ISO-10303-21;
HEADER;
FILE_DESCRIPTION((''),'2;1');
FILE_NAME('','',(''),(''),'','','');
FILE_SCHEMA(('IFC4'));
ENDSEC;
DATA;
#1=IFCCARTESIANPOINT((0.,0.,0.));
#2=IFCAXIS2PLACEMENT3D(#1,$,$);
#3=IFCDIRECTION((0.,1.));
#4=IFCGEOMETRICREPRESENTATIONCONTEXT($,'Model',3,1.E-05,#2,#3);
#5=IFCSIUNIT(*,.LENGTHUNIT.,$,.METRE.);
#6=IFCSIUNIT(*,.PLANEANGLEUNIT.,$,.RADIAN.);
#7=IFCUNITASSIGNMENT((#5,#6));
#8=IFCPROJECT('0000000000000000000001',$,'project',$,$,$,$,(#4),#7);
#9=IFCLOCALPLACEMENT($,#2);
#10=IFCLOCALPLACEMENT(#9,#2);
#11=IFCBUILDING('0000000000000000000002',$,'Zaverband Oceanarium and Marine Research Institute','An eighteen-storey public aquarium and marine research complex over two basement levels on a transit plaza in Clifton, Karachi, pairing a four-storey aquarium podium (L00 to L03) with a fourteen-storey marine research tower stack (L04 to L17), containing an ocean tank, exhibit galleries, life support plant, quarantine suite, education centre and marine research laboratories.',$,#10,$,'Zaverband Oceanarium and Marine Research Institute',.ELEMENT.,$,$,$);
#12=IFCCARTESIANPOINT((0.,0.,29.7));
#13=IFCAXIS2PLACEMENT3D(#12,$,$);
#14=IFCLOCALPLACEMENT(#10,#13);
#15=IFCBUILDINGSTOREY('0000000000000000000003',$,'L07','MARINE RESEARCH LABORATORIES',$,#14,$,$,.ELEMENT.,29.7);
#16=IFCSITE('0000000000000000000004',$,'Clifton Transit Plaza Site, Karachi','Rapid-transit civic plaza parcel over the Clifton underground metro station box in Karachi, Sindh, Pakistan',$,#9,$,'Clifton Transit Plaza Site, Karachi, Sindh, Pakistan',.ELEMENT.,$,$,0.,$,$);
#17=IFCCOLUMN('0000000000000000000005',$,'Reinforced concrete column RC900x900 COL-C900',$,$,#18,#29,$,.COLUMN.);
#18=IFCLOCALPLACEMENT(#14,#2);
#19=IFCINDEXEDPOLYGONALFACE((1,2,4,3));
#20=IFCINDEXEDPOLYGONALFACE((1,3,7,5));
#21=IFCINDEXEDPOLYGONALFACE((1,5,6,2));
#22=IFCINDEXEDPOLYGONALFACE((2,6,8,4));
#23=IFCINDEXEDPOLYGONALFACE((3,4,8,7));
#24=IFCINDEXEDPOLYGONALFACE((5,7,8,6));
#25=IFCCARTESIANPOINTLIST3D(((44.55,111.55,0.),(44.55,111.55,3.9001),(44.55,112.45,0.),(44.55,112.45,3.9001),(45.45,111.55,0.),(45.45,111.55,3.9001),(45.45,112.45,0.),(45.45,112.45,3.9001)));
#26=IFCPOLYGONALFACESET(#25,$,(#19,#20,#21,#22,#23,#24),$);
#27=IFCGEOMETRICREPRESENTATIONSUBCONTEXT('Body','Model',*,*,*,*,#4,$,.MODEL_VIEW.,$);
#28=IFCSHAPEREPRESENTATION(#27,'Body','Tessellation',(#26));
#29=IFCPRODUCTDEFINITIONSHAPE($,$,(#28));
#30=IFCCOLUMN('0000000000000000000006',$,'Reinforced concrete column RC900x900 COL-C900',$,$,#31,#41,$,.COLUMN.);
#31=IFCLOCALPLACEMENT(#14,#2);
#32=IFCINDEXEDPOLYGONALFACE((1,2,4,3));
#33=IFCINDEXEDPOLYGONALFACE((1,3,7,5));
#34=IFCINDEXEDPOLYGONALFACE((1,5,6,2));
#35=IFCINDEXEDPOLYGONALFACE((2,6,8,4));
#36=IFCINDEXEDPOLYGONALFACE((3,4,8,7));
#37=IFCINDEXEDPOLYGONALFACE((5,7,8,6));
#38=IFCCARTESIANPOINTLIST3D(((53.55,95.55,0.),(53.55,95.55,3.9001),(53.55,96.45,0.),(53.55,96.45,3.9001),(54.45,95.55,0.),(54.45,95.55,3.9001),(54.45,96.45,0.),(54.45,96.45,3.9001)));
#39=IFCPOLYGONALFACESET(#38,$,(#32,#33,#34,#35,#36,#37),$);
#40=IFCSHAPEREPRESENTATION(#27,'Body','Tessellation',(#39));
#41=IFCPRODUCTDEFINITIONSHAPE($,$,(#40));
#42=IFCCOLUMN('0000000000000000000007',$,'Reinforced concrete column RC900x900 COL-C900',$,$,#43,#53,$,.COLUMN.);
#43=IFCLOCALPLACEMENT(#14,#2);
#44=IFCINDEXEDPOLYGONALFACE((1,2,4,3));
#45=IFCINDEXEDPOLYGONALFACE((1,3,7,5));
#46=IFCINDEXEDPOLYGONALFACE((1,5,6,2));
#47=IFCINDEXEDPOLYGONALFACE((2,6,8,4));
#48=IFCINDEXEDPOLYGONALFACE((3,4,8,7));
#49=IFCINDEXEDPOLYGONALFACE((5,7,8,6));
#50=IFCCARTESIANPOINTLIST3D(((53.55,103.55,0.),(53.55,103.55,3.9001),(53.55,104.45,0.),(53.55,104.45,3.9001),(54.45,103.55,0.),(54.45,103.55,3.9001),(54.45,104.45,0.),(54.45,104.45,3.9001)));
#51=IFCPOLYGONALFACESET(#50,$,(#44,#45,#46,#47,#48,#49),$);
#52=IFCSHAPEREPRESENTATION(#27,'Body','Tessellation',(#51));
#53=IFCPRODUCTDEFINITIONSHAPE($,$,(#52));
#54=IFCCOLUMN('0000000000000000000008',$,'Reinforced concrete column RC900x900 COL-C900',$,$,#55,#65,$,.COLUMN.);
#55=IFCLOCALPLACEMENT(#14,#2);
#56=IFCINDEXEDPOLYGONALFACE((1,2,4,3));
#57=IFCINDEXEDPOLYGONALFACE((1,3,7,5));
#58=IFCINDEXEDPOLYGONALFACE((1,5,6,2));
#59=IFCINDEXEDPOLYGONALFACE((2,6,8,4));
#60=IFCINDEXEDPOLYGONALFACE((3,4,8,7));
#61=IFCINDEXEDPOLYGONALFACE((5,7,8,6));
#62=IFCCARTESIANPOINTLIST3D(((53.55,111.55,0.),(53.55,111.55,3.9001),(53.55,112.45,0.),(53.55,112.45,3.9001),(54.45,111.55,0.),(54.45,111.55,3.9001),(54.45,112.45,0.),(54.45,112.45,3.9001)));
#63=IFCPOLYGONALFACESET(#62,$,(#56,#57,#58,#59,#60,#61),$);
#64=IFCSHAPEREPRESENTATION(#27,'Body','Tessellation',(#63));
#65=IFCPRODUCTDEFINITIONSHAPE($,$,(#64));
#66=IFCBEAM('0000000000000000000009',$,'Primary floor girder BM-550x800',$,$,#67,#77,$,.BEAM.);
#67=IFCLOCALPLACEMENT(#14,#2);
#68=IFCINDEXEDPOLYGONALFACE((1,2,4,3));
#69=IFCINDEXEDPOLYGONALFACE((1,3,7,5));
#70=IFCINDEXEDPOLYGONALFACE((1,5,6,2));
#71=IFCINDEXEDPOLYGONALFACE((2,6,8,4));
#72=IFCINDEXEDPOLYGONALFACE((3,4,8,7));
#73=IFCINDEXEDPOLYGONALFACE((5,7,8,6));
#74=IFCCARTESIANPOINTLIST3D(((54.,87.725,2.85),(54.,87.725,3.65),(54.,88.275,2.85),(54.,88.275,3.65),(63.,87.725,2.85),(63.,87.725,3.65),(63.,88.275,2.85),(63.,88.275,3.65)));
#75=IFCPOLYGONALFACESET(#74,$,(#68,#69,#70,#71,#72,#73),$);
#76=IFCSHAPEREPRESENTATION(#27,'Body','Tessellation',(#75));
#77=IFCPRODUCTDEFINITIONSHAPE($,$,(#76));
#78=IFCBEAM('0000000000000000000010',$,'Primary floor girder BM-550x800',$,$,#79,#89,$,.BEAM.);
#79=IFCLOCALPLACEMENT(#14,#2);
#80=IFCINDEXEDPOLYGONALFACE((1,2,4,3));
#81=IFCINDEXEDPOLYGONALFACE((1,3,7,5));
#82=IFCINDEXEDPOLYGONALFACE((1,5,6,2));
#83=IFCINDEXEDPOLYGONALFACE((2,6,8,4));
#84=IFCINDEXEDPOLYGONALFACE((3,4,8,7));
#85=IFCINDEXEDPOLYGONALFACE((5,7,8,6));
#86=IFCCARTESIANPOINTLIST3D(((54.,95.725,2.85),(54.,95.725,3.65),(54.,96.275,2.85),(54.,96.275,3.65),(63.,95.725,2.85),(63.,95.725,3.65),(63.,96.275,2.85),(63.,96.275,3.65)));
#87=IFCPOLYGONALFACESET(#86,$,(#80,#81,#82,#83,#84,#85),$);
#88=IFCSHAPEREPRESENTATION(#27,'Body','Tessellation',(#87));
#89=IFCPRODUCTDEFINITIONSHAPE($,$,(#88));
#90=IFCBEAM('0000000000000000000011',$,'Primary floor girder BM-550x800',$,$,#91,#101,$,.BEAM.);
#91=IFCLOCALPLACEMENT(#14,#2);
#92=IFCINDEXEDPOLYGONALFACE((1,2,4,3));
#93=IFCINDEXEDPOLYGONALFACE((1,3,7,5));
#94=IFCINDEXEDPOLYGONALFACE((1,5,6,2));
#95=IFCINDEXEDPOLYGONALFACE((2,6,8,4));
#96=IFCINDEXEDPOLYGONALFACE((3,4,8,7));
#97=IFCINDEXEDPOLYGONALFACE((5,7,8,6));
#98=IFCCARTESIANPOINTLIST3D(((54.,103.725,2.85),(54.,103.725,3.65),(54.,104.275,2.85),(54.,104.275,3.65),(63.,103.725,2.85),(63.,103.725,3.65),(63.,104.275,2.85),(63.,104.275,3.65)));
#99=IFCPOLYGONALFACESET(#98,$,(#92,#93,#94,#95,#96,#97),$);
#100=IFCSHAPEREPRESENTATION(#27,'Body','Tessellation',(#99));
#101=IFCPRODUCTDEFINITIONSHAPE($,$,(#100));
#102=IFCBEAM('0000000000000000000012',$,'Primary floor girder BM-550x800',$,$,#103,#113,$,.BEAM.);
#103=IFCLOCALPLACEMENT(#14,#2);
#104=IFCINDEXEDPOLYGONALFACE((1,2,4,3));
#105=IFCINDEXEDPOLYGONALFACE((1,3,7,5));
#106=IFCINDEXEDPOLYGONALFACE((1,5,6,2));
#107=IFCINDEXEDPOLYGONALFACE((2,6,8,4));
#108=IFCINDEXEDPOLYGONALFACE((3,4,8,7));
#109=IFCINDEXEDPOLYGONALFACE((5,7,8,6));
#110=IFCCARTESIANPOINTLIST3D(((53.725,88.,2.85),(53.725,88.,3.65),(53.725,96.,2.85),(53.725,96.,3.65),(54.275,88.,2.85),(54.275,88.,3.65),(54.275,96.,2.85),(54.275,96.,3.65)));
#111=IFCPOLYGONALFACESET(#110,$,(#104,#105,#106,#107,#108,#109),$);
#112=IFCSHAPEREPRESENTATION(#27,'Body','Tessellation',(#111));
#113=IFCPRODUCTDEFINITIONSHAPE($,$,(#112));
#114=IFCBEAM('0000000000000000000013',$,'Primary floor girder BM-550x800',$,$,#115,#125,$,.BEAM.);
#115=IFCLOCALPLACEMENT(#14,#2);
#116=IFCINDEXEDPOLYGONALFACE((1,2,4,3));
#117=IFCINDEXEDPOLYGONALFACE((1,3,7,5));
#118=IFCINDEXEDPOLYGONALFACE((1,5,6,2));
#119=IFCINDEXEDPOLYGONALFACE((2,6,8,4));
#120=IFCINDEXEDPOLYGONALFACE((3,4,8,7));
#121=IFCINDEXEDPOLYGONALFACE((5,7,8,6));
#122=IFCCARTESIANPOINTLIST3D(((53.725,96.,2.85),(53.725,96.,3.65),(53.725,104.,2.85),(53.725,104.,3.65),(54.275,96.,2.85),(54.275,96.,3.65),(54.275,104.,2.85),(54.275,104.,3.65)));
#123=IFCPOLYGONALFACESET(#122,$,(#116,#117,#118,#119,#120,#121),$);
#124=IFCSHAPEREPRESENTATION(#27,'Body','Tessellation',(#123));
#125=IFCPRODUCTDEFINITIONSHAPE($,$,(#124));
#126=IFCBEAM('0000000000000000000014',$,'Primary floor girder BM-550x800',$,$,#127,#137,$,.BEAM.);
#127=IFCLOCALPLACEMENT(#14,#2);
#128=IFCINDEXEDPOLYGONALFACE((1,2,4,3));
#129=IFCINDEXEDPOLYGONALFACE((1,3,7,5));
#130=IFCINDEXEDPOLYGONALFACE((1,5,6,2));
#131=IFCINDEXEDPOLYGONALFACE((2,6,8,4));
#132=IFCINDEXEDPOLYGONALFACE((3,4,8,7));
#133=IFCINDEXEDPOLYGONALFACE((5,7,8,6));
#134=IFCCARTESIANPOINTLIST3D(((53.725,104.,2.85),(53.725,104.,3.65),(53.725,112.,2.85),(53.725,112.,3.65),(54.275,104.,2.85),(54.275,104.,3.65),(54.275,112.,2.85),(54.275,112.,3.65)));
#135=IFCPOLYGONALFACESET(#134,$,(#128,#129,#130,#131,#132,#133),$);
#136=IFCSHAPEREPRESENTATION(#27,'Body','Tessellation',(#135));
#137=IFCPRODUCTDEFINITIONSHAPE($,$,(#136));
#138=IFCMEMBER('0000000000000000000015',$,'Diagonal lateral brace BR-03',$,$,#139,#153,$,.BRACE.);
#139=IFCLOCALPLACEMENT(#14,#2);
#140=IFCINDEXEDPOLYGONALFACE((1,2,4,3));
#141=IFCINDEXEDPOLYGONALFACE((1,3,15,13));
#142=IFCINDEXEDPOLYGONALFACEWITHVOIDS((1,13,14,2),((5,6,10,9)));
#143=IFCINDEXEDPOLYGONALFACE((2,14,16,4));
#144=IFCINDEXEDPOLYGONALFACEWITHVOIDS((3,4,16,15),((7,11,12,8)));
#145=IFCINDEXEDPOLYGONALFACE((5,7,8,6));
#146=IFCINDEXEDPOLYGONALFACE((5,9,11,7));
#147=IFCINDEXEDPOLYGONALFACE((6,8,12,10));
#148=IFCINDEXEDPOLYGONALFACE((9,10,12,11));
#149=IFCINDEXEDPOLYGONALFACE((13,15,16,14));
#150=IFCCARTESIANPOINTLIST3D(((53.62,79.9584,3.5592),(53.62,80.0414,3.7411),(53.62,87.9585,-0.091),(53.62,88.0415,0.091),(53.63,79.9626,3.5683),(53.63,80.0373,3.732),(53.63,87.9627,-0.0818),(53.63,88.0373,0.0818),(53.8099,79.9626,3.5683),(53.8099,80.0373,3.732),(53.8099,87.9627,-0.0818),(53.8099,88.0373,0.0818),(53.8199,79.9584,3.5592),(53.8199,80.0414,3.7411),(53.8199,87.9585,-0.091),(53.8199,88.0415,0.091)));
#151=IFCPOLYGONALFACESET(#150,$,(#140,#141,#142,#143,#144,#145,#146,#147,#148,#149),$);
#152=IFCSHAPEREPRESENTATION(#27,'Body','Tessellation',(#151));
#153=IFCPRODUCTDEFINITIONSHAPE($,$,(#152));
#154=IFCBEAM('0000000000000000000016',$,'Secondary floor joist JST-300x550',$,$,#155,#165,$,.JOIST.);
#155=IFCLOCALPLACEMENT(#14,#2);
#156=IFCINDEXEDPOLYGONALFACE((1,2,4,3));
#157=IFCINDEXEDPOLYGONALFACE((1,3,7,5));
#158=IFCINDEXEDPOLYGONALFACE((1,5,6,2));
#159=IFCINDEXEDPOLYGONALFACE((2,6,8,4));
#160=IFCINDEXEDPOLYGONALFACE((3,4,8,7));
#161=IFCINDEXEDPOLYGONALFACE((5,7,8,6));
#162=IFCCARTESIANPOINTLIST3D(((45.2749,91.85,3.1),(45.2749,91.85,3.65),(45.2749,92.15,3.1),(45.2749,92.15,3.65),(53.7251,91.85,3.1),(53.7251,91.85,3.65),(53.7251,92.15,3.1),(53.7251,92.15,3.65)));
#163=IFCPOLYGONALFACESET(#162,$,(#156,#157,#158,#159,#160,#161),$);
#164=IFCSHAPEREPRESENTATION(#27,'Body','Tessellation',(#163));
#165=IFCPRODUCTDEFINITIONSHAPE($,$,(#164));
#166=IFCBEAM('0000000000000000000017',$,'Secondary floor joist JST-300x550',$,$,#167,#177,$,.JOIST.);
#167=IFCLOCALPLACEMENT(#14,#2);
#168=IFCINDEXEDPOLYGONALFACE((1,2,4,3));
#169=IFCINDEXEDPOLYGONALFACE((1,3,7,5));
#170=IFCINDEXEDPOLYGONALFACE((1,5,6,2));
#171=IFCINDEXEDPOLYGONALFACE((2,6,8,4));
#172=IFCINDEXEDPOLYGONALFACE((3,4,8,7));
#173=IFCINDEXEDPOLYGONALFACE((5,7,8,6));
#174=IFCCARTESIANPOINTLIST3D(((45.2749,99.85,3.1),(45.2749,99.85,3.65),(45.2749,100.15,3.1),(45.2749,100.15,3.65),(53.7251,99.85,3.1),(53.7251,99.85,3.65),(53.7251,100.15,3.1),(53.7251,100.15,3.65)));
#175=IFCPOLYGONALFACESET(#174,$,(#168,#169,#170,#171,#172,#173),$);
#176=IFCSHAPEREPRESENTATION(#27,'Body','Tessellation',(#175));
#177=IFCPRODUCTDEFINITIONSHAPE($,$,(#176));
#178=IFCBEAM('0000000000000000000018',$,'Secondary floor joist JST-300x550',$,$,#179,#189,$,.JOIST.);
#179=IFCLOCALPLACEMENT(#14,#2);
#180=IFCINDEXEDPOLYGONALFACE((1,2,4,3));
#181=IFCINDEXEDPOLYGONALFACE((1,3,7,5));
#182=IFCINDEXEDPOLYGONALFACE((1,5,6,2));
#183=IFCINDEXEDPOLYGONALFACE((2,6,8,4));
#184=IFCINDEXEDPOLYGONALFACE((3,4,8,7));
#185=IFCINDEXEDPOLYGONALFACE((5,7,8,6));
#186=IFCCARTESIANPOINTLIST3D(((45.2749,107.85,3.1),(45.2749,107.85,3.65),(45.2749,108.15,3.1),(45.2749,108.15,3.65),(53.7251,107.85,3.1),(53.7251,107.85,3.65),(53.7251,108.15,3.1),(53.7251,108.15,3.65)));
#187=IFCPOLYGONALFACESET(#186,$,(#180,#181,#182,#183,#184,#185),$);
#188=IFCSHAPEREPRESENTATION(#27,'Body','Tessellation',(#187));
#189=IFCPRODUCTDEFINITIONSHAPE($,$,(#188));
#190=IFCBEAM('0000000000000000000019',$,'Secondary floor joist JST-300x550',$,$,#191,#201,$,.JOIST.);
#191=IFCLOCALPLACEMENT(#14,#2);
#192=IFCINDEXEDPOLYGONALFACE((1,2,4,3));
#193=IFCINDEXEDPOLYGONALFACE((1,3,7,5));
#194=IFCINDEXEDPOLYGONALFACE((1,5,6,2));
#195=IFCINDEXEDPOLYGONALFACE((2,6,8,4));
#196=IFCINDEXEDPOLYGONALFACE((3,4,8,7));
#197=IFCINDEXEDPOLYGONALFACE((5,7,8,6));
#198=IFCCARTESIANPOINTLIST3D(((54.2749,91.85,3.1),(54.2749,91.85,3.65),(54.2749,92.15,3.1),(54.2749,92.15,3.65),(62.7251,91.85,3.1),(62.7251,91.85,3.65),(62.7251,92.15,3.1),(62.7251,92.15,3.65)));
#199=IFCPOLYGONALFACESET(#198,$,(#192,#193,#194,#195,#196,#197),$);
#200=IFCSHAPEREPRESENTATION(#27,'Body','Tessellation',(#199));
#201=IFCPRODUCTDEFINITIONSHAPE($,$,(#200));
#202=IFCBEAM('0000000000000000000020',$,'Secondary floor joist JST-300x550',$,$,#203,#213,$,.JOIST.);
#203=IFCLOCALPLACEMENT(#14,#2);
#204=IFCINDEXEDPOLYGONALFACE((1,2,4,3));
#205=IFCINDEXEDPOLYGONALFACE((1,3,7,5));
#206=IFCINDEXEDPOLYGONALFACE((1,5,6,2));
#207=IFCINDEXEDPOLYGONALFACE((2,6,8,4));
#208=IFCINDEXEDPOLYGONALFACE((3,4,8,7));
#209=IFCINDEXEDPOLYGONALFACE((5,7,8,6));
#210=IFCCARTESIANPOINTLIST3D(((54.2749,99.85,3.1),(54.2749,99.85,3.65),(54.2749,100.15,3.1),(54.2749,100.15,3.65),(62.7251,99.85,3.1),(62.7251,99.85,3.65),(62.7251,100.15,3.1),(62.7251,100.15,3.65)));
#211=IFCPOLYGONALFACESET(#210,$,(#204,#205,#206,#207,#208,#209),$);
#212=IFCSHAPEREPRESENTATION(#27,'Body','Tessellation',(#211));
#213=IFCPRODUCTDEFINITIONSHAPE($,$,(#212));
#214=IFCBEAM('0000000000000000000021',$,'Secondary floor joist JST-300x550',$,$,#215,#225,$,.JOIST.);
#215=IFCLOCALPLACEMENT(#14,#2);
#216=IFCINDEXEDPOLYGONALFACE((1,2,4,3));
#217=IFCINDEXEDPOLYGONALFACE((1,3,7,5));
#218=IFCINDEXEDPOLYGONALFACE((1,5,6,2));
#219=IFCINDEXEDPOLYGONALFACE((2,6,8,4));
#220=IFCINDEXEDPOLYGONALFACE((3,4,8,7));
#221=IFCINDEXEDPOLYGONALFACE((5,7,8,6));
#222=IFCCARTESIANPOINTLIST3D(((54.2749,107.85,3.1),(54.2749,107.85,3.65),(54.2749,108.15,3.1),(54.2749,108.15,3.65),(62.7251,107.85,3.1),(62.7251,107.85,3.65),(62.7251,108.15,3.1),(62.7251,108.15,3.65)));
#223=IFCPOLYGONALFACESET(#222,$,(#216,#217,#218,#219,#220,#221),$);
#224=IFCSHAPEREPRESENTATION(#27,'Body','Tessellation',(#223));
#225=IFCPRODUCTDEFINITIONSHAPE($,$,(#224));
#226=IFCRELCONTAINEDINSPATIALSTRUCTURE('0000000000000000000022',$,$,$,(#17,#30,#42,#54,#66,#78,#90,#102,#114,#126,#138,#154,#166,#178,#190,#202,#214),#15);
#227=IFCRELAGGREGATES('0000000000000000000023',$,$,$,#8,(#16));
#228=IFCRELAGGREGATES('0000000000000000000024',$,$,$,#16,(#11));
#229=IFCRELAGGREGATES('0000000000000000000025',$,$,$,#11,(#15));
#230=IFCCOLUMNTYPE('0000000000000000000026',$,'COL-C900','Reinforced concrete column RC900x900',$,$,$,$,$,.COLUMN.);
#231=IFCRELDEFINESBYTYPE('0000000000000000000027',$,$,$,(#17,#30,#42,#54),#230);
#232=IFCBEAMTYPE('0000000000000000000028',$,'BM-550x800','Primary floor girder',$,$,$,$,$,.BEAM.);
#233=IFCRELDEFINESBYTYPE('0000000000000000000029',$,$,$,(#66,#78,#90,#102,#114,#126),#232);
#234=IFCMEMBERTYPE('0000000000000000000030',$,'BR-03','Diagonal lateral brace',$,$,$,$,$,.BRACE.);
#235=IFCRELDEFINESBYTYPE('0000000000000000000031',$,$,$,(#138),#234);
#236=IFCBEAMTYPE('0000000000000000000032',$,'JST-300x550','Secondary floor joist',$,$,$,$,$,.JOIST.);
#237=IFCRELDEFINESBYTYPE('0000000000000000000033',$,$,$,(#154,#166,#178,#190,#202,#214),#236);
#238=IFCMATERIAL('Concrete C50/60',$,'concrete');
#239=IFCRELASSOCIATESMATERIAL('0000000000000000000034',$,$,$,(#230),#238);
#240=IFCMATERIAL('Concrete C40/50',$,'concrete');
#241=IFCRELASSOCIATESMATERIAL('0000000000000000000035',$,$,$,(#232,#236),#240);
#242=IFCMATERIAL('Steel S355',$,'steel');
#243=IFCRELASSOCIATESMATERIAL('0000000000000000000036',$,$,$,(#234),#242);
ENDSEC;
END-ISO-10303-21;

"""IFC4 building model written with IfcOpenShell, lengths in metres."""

from ifc_helpers import new_model, si_unit, direction, frame, origin, origin_2d, place, context, subcontext, project, spatial, rectangle, hollow_rectangle, extrude, material, material_profile, profile_set, type_object, element, save


model = new_model("IFC4")

# Units and contexts
model_context = context("Model", 3, precision=1e-05, world=origin(), true_north=direction((0.0, 1.0)))
body_context = subcontext(model_context, "Body", "Model", "MODEL_VIEW")
ifc_project = project(units=[si_unit("LENGTHUNIT", "METRE"), si_unit("PLANEANGLEUNIT", "RADIAN")], contexts=[model_context])

# Site, building, storey
site_placement = place(None, origin())
site = spatial("IfcSite", under=ifc_project, at=site_placement, Name="Clifton Transit Plaza Site, Karachi", Description="Rapid-transit civic plaza parcel over the Clifton underground metro station box in Karachi, Sindh, Pakistan", LongName="Clifton Transit Plaza Site, Karachi, Sindh, Pakistan", CompositionType="ELEMENT", RefElevation=0.0)
building_placement = place(site_placement, origin())
building = spatial("IfcBuilding", under=site, at=building_placement, Name="Zaverband Oceanarium and Marine Research Institute", Description="An eighteen-storey public aquarium and marine research complex over two basement levels on a transit plaza in Clifton, Karachi, pairing a four-storey aquarium podium (L00 to L03) with a fourteen-storey marine research tower stack (L04 to L17), containing an ocean tank, exhibit galleries, life support plant, quarantine suite, education centre and marine research laboratories.", LongName="Zaverband Oceanarium and Marine Research Institute", CompositionType="ELEMENT")
storey_placement = place(building_placement, frame((0.0, 0.0, 29.7)))
storey = spatial("IfcBuildingStorey", under=building, at=storey_placement, Name="L07", Description="MARINE RESEARCH LABORATORIES", CompositionType="ELEMENT", Elevation=29.7)

# Columns
ifc_material_1 = material(Name="Concrete C50/60", Category="concrete")
ifc_material_profile_1 = material_profile(ifc_material_1, rectangle(XDim=0.8999, YDim=0.8999, at=origin_2d()), Name="RC900x900")
ifc_profile_set_1 = profile_set([ifc_material_profile_1], Name="Concrete C50/60")
column_type = type_object("IfcColumnType", Name="COL-C900", Description="Reinforced concrete column RC900x900", PredefinedType="COLUMN", material=ifc_profile_set_1)
for number, where, z_axis, x_axis, name in (
    (1, (45.0, 112.0, 0.0), (0.0, 0.0, 1.0), (1.0, 0.0, 0.0), "Reinforced concrete column RC900x900 COL-C900"),
    (2, (54.0, 96.0, 0.0), (0.0, 0.0, 1.0), (1.0, 0.0, 0.0), "Reinforced concrete column RC900x900 COL-C900"),
    (3, (54.0, 104.0, 0.0), (0.0, 0.0, 1.0), (1.0, 0.0, 0.0), "Reinforced concrete column RC900x900 COL-C900"),
    (4, (54.0, 112.0, 0.0), (0.0, 0.0, 1.0), (1.0, 0.0, 0.0), "Reinforced concrete column RC900x900 COL-C900"),
):
    element("IfcColumn", number, at=place(storey_placement, frame(where, z_axis=z_axis, x_axis=x_axis)), inside=storey, type_object=column_type, Name=name, PredefinedType="COLUMN", context=body_context, shape_type="SweptSolid", body=[
        extrude(rectangle(XDim=0.8999, YDim=0.8999, at=origin_2d()), origin(), (0.0, 0.0, 1.0), 3.9001),
    ])

# Beams
ifc_material_2 = material(Name="Concrete C40/50", Category="concrete")
ifc_material_profile_2 = material_profile(ifc_material_2, rectangle(XDim=0.55, YDim=0.8, at=origin_2d()), Name="RC550x800")
ifc_profile_set_2 = profile_set([ifc_material_profile_2], Name="Concrete C40/50")
beam_type_1 = type_object("IfcBeamType", Name="BM-550x800", Description="Primary floor girder", PredefinedType="BEAM", material=ifc_profile_set_2)
for number, where, z_axis, x_axis, name in (
    (5, (54.0, 88.0, 3.25), (1.0, 0.0, 0.0), (0.0, 1.0, 0.0), "Primary floor girder BM-550x800"),
    (6, (54.0, 96.0, 3.25), (1.0, 0.0, 0.0), (0.0, 1.0, 0.0), "Primary floor girder BM-550x800"),
    (7, (54.0, 104.0, 3.25), (1.0, 0.0, 0.0), (0.0, 1.0, 0.0), "Primary floor girder BM-550x800"),
):
    element("IfcBeam", number, at=place(storey_placement, frame(where, z_axis=z_axis, x_axis=x_axis)), inside=storey, type_object=beam_type_1, Name=name, PredefinedType="BEAM", context=body_context, shape_type="SweptSolid", body=[
        extrude(rectangle(XDim=0.55, YDim=0.8, at=origin_2d()), origin(), (0.0, 0.0, 1.0), 9.0),
    ])
for number, where, z_axis, x_axis, name in (
    (8, (54.0, 88.0, 3.25), (0.0, 1.0, 0.0), (-1.0, 0.0, 0.0), "Primary floor girder BM-550x800"),
    (9, (54.0, 96.0, 3.25), (0.0, 1.0, 0.0), (-1.0, 0.0, 0.0), "Primary floor girder BM-550x800"),
    (10, (54.0, 104.0, 3.25), (0.0, 1.0, 0.0), (-1.0, 0.0, 0.0), "Primary floor girder BM-550x800"),
):
    element("IfcBeam", number, at=place(storey_placement, frame(where, z_axis=z_axis, x_axis=x_axis)), inside=storey, type_object=beam_type_1, Name=name, PredefinedType="BEAM", context=body_context, shape_type="SweptSolid", body=[
        extrude(rectangle(XDim=0.55, YDim=0.8, at=origin_2d()), origin(), (0.0, 0.0, 1.0), 8.0),
    ])

# Member
ifc_material_3 = material(Name="Steel S355", Category="steel")
ifc_material_profile_3 = material_profile(ifc_material_3, hollow_rectangle(XDim=0.2, YDim=0.2, WallThickness=0.01, at=origin_2d()), Name="SHS200x200x10")
ifc_profile_set_3 = profile_set([ifc_material_profile_3], Name="Steel S355")
member_type = type_object("IfcMemberType", Name="BR-03", Description="Diagonal lateral brace", PredefinedType="BRACE", material=ifc_profile_set_3)
member_placement = place(storey_placement, frame((53.72, 88.0, 0.0), z_axis=(0.0, -0.909775, 0.415102), x_axis=(1.0, 0.0, 0.0)))
element("IfcMember", 11, at=member_placement, inside=storey, type_object=member_type, Name="Diagonal lateral brace BR-03", PredefinedType="BRACE", context=body_context, shape_type="SweptSolid", body=[
    extrude(hollow_rectangle(XDim=0.2, YDim=0.2, WallThickness=0.01, at=origin_2d()), origin(), (0.0, 0.0, 1.0), 8.7935),
])

# Beams
ifc_material_profile_4 = material_profile(ifc_material_2, rectangle(XDim=0.3, YDim=0.55, at=origin_2d()), Name="RC300x550")
ifc_profile_set_4 = profile_set([ifc_material_profile_4], Name="Concrete C40/50")
beam_type_2 = type_object("IfcBeamType", Name="JST-300x550", Description="Secondary floor joist", PredefinedType="JOIST", material=ifc_profile_set_4)
for number, where, z_axis, x_axis, name in (
    (12, (45.2749, 92.0, 3.375), (1.0, 0.0, 0.0), (0.0, 1.0, 0.0), "Secondary floor joist JST-300x550"),
    (13, (45.2749, 100.0, 3.375), (1.0, 0.0, 0.0), (0.0, 1.0, 0.0), "Secondary floor joist JST-300x550"),
    (14, (45.2749, 108.0, 3.375), (1.0, 0.0, 0.0), (0.0, 1.0, 0.0), "Secondary floor joist JST-300x550"),
    (15, (54.2749, 92.0, 3.375), (1.0, 0.0, 0.0), (0.0, 1.0, 0.0), "Secondary floor joist JST-300x550"),
    (16, (54.2749, 100.0, 3.375), (1.0, 0.0, 0.0), (0.0, 1.0, 0.0), "Secondary floor joist JST-300x550"),
    (17, (54.2749, 108.0, 3.375), (1.0, 0.0, 0.0), (0.0, 1.0, 0.0), "Secondary floor joist JST-300x550"),
):
    element("IfcBeam", number, at=place(storey_placement, frame(where, z_axis=z_axis, x_axis=x_axis)), inside=storey, type_object=beam_type_2, Name=name, PredefinedType="JOIST", context=body_context, shape_type="SweptSolid", body=[
        extrude(rectangle(XDim=0.3, YDim=0.55, at=origin_2d()), origin(), (0.0, 0.0, 1.0), 8.4502),
    ])

save(model, "model.ifc")
